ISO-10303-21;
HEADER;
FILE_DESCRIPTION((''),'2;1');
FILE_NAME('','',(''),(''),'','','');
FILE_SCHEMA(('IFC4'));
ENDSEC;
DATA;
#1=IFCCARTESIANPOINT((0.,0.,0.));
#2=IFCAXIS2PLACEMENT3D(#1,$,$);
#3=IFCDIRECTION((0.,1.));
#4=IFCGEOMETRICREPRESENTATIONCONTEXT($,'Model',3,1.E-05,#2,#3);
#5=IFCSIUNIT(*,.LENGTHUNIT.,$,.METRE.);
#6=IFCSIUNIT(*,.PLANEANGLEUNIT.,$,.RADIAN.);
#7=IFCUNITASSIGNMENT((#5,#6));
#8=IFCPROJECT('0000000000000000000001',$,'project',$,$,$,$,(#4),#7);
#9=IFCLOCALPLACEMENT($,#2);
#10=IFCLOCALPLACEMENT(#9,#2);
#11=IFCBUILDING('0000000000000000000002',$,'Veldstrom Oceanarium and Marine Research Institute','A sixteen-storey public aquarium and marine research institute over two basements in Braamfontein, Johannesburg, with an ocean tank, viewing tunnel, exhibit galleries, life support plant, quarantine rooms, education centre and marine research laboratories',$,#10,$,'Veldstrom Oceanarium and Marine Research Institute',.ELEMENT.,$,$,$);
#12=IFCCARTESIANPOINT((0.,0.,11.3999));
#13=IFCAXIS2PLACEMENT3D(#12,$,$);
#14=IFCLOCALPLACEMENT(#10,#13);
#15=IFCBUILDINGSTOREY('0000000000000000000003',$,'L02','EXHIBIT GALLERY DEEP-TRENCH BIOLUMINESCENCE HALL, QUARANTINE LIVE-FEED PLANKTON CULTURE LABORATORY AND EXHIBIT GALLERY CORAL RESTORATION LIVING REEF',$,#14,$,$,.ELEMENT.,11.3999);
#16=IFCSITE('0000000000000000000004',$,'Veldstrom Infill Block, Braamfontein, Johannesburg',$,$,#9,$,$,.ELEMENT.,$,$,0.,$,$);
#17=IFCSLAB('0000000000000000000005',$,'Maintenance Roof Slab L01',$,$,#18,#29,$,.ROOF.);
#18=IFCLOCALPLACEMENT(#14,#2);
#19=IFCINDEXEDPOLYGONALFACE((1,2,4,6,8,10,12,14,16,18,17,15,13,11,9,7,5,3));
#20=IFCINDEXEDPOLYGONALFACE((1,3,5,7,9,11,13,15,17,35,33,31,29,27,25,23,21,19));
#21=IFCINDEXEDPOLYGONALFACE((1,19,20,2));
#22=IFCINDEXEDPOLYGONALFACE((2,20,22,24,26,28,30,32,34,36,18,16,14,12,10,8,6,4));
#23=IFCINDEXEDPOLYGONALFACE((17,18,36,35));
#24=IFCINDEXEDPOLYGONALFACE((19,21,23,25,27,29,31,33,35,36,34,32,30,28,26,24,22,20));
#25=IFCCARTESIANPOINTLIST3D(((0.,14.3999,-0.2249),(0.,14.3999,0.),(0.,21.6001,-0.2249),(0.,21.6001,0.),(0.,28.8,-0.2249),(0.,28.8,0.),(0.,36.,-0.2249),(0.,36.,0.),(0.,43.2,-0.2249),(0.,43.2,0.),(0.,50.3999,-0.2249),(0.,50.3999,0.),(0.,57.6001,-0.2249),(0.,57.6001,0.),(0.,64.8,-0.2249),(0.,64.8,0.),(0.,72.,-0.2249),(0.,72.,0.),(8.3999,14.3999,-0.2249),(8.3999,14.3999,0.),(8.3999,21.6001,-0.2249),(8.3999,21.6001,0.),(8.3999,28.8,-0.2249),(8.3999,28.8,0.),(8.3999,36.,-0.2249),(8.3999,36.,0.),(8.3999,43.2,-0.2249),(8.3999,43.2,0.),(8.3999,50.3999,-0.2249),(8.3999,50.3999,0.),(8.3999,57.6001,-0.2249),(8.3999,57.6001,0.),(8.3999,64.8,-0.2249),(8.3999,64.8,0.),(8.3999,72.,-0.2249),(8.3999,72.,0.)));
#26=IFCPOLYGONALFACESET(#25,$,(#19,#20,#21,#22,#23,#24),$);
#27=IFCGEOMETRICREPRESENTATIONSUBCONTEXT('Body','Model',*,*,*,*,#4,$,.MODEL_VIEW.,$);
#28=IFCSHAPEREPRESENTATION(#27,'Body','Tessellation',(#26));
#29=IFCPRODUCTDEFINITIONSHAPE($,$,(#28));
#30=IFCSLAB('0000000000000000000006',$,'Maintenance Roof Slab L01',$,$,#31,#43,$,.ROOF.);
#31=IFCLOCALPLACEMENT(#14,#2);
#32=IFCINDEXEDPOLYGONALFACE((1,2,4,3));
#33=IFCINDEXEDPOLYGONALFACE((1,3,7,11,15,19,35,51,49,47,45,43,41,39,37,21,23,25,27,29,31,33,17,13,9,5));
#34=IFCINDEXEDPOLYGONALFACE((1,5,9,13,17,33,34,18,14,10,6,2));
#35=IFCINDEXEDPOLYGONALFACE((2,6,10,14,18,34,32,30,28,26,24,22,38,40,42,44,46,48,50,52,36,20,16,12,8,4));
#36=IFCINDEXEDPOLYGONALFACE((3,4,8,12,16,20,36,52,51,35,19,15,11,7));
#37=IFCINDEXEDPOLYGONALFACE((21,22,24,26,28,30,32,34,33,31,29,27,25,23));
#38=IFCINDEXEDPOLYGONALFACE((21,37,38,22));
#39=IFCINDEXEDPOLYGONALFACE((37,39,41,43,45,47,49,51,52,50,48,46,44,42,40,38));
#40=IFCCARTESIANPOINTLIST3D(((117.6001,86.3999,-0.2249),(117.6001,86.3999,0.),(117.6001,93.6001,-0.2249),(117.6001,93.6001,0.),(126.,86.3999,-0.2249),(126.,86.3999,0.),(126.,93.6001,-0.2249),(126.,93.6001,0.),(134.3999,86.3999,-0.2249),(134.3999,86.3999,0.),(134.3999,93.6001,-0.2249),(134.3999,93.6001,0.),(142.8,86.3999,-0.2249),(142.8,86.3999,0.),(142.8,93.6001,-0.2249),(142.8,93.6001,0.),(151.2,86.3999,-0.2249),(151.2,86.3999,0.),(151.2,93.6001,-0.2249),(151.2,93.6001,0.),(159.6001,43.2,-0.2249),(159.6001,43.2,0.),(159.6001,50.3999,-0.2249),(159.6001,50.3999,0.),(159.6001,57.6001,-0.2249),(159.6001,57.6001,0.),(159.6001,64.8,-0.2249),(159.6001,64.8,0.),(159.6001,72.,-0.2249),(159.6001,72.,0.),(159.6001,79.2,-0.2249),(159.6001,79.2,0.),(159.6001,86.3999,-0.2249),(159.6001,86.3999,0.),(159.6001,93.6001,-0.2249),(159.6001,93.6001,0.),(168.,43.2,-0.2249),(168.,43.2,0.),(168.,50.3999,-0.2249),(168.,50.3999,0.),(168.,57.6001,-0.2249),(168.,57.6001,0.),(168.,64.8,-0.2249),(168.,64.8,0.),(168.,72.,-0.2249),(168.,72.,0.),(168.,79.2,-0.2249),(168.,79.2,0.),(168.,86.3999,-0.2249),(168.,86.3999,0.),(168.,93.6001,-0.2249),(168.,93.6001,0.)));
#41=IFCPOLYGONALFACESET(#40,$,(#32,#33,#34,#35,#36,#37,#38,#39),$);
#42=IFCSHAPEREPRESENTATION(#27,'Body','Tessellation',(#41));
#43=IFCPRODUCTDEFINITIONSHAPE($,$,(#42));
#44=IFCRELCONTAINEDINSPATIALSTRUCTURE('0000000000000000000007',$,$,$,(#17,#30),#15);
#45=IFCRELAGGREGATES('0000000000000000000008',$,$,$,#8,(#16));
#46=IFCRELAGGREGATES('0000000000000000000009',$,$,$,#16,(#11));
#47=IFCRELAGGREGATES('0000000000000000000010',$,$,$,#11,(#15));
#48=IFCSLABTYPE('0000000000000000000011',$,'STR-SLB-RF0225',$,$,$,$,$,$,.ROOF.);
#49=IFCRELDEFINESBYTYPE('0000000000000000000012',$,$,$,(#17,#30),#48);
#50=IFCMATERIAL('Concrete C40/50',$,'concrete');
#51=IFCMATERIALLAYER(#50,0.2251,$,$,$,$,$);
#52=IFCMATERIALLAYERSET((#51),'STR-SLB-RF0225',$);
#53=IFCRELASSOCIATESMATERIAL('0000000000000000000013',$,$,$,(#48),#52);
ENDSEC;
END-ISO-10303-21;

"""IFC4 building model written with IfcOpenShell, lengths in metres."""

from ifc_helpers import new_model, si_unit, direction, frame, origin, place, context, subcontext, project, spatial, polyline, outline, extrude, material, layer, layer_set, type_object, element, save


model = new_model("IFC4")

# Units and contexts
model_context = context("Model", 3, precision=1e-05, world=origin(), true_north=direction((0.0, 1.0)))
body_context = subcontext(model_context, "Body", "Model", "MODEL_VIEW")
ifc_project = project(units=[si_unit("LENGTHUNIT", "METRE"), si_unit("PLANEANGLEUNIT", "RADIAN")], contexts=[model_context])

# Site, building, storey
site_placement = place(None, origin())
site = spatial("IfcSite", under=ifc_project, at=site_placement, Name="Veldstrom Infill Block, Braamfontein, Johannesburg", CompositionType="ELEMENT", RefElevation=0.0)
building_placement = place(site_placement, origin())
building = spatial("IfcBuilding", under=site, at=building_placement, Name="Veldstrom Oceanarium and Marine Research Institute", Description="A sixteen-storey public aquarium and marine research institute over two basements in Braamfontein, Johannesburg, with an ocean tank, viewing tunnel, exhibit galleries, life support plant, quarantine rooms, education centre and marine research laboratories", LongName="Veldstrom Oceanarium and Marine Research Institute", CompositionType="ELEMENT")
storey_placement = place(building_placement, frame((0.0, 0.0, 11.3999)))
storey = spatial("IfcBuildingStorey", under=building, at=storey_placement, Name="L02", Description="EXHIBIT GALLERY DEEP-TRENCH BIOLUMINESCENCE HALL, QUARANTINE LIVE-FEED PLANKTON CULTURE LABORATORY AND EXHIBIT GALLERY CORAL RESTORATION LIVING REEF", CompositionType="ELEMENT", Elevation=11.3999)

# Slabs
ifc_material_1 = material(Name="Concrete C40/50", Category="concrete")
ifc_layer_1 = layer(ifc_material_1, 0.2251)
ifc_layer_set_1 = layer_set([ifc_layer_1], Name="STR-SLB-RF0225")
slab_type_1 = type_object("IfcSlabType", Name="STR-SLB-RF0225", PredefinedType="ROOF", material=ifc_layer_set_1)
slab_1_placement = place(storey_placement, frame((0.0, 0.0, -0.2249)))
element("IfcSlab", 1, at=slab_1_placement, inside=storey, type_object=slab_type_1, Name="Maintenance Roof Slab L01", PredefinedType="ROOF", context=body_context, shape_type="SweptSolid", body=[
    extrude(outline(polyline([(0.0, 28.8), (0.0, 36.0), (0.0, 43.2), (0.0, 50.3999), (0.0, 57.6001), (0.0, 64.8), (0.0, 72.0), (8.3999, 72.0), (8.3999, 64.8), (8.3999, 57.6001), (8.3999, 50.3999), (8.3999, 43.2), (8.3999, 36.0), (8.3999, 28.8), (8.3999, 21.6001), (8.3999, 14.3999), (0.0, 14.3999), (0.0, 21.6001), (0.0, 28.8)])), origin(), (0.0, 0.0, 1.0), 0.2249),
])
slab_2_placement = place(storey_placement, frame((0.0, 0.0, -0.2249)))
element("IfcSlab", 2, at=slab_2_placement, inside=storey, type_object=slab_type_1, Name="Maintenance Roof Slab L01", PredefinedType="ROOF", context=body_context, shape_type="SweptSolid", body=[
    extrude(outline(polyline([(126.0, 86.3999), (117.6001, 86.3999), (117.6001, 93.6001), (126.0, 93.6001), (134.3999, 93.6001), (142.8, 93.6001), (151.2, 93.6001), (159.6001, 93.6001), (168.0, 93.6001), (168.0, 86.3999), (168.0, 79.2), (168.0, 72.0), (168.0, 64.8), (168.0, 57.6001), (168.0, 50.3999), (168.0, 43.2), (159.6001, 43.2), (159.6001, 50.3999), (159.6001, 57.6001), (159.6001, 64.8), (159.6001, 72.0), (159.6001, 79.2), (159.6001, 86.3999), (151.2, 86.3999), (142.8, 86.3999), (134.3999, 86.3999), (126.0, 86.3999)])), origin(), (0.0, 0.0, 1.0), 0.2249),
])

save(model, "model.ifc")
